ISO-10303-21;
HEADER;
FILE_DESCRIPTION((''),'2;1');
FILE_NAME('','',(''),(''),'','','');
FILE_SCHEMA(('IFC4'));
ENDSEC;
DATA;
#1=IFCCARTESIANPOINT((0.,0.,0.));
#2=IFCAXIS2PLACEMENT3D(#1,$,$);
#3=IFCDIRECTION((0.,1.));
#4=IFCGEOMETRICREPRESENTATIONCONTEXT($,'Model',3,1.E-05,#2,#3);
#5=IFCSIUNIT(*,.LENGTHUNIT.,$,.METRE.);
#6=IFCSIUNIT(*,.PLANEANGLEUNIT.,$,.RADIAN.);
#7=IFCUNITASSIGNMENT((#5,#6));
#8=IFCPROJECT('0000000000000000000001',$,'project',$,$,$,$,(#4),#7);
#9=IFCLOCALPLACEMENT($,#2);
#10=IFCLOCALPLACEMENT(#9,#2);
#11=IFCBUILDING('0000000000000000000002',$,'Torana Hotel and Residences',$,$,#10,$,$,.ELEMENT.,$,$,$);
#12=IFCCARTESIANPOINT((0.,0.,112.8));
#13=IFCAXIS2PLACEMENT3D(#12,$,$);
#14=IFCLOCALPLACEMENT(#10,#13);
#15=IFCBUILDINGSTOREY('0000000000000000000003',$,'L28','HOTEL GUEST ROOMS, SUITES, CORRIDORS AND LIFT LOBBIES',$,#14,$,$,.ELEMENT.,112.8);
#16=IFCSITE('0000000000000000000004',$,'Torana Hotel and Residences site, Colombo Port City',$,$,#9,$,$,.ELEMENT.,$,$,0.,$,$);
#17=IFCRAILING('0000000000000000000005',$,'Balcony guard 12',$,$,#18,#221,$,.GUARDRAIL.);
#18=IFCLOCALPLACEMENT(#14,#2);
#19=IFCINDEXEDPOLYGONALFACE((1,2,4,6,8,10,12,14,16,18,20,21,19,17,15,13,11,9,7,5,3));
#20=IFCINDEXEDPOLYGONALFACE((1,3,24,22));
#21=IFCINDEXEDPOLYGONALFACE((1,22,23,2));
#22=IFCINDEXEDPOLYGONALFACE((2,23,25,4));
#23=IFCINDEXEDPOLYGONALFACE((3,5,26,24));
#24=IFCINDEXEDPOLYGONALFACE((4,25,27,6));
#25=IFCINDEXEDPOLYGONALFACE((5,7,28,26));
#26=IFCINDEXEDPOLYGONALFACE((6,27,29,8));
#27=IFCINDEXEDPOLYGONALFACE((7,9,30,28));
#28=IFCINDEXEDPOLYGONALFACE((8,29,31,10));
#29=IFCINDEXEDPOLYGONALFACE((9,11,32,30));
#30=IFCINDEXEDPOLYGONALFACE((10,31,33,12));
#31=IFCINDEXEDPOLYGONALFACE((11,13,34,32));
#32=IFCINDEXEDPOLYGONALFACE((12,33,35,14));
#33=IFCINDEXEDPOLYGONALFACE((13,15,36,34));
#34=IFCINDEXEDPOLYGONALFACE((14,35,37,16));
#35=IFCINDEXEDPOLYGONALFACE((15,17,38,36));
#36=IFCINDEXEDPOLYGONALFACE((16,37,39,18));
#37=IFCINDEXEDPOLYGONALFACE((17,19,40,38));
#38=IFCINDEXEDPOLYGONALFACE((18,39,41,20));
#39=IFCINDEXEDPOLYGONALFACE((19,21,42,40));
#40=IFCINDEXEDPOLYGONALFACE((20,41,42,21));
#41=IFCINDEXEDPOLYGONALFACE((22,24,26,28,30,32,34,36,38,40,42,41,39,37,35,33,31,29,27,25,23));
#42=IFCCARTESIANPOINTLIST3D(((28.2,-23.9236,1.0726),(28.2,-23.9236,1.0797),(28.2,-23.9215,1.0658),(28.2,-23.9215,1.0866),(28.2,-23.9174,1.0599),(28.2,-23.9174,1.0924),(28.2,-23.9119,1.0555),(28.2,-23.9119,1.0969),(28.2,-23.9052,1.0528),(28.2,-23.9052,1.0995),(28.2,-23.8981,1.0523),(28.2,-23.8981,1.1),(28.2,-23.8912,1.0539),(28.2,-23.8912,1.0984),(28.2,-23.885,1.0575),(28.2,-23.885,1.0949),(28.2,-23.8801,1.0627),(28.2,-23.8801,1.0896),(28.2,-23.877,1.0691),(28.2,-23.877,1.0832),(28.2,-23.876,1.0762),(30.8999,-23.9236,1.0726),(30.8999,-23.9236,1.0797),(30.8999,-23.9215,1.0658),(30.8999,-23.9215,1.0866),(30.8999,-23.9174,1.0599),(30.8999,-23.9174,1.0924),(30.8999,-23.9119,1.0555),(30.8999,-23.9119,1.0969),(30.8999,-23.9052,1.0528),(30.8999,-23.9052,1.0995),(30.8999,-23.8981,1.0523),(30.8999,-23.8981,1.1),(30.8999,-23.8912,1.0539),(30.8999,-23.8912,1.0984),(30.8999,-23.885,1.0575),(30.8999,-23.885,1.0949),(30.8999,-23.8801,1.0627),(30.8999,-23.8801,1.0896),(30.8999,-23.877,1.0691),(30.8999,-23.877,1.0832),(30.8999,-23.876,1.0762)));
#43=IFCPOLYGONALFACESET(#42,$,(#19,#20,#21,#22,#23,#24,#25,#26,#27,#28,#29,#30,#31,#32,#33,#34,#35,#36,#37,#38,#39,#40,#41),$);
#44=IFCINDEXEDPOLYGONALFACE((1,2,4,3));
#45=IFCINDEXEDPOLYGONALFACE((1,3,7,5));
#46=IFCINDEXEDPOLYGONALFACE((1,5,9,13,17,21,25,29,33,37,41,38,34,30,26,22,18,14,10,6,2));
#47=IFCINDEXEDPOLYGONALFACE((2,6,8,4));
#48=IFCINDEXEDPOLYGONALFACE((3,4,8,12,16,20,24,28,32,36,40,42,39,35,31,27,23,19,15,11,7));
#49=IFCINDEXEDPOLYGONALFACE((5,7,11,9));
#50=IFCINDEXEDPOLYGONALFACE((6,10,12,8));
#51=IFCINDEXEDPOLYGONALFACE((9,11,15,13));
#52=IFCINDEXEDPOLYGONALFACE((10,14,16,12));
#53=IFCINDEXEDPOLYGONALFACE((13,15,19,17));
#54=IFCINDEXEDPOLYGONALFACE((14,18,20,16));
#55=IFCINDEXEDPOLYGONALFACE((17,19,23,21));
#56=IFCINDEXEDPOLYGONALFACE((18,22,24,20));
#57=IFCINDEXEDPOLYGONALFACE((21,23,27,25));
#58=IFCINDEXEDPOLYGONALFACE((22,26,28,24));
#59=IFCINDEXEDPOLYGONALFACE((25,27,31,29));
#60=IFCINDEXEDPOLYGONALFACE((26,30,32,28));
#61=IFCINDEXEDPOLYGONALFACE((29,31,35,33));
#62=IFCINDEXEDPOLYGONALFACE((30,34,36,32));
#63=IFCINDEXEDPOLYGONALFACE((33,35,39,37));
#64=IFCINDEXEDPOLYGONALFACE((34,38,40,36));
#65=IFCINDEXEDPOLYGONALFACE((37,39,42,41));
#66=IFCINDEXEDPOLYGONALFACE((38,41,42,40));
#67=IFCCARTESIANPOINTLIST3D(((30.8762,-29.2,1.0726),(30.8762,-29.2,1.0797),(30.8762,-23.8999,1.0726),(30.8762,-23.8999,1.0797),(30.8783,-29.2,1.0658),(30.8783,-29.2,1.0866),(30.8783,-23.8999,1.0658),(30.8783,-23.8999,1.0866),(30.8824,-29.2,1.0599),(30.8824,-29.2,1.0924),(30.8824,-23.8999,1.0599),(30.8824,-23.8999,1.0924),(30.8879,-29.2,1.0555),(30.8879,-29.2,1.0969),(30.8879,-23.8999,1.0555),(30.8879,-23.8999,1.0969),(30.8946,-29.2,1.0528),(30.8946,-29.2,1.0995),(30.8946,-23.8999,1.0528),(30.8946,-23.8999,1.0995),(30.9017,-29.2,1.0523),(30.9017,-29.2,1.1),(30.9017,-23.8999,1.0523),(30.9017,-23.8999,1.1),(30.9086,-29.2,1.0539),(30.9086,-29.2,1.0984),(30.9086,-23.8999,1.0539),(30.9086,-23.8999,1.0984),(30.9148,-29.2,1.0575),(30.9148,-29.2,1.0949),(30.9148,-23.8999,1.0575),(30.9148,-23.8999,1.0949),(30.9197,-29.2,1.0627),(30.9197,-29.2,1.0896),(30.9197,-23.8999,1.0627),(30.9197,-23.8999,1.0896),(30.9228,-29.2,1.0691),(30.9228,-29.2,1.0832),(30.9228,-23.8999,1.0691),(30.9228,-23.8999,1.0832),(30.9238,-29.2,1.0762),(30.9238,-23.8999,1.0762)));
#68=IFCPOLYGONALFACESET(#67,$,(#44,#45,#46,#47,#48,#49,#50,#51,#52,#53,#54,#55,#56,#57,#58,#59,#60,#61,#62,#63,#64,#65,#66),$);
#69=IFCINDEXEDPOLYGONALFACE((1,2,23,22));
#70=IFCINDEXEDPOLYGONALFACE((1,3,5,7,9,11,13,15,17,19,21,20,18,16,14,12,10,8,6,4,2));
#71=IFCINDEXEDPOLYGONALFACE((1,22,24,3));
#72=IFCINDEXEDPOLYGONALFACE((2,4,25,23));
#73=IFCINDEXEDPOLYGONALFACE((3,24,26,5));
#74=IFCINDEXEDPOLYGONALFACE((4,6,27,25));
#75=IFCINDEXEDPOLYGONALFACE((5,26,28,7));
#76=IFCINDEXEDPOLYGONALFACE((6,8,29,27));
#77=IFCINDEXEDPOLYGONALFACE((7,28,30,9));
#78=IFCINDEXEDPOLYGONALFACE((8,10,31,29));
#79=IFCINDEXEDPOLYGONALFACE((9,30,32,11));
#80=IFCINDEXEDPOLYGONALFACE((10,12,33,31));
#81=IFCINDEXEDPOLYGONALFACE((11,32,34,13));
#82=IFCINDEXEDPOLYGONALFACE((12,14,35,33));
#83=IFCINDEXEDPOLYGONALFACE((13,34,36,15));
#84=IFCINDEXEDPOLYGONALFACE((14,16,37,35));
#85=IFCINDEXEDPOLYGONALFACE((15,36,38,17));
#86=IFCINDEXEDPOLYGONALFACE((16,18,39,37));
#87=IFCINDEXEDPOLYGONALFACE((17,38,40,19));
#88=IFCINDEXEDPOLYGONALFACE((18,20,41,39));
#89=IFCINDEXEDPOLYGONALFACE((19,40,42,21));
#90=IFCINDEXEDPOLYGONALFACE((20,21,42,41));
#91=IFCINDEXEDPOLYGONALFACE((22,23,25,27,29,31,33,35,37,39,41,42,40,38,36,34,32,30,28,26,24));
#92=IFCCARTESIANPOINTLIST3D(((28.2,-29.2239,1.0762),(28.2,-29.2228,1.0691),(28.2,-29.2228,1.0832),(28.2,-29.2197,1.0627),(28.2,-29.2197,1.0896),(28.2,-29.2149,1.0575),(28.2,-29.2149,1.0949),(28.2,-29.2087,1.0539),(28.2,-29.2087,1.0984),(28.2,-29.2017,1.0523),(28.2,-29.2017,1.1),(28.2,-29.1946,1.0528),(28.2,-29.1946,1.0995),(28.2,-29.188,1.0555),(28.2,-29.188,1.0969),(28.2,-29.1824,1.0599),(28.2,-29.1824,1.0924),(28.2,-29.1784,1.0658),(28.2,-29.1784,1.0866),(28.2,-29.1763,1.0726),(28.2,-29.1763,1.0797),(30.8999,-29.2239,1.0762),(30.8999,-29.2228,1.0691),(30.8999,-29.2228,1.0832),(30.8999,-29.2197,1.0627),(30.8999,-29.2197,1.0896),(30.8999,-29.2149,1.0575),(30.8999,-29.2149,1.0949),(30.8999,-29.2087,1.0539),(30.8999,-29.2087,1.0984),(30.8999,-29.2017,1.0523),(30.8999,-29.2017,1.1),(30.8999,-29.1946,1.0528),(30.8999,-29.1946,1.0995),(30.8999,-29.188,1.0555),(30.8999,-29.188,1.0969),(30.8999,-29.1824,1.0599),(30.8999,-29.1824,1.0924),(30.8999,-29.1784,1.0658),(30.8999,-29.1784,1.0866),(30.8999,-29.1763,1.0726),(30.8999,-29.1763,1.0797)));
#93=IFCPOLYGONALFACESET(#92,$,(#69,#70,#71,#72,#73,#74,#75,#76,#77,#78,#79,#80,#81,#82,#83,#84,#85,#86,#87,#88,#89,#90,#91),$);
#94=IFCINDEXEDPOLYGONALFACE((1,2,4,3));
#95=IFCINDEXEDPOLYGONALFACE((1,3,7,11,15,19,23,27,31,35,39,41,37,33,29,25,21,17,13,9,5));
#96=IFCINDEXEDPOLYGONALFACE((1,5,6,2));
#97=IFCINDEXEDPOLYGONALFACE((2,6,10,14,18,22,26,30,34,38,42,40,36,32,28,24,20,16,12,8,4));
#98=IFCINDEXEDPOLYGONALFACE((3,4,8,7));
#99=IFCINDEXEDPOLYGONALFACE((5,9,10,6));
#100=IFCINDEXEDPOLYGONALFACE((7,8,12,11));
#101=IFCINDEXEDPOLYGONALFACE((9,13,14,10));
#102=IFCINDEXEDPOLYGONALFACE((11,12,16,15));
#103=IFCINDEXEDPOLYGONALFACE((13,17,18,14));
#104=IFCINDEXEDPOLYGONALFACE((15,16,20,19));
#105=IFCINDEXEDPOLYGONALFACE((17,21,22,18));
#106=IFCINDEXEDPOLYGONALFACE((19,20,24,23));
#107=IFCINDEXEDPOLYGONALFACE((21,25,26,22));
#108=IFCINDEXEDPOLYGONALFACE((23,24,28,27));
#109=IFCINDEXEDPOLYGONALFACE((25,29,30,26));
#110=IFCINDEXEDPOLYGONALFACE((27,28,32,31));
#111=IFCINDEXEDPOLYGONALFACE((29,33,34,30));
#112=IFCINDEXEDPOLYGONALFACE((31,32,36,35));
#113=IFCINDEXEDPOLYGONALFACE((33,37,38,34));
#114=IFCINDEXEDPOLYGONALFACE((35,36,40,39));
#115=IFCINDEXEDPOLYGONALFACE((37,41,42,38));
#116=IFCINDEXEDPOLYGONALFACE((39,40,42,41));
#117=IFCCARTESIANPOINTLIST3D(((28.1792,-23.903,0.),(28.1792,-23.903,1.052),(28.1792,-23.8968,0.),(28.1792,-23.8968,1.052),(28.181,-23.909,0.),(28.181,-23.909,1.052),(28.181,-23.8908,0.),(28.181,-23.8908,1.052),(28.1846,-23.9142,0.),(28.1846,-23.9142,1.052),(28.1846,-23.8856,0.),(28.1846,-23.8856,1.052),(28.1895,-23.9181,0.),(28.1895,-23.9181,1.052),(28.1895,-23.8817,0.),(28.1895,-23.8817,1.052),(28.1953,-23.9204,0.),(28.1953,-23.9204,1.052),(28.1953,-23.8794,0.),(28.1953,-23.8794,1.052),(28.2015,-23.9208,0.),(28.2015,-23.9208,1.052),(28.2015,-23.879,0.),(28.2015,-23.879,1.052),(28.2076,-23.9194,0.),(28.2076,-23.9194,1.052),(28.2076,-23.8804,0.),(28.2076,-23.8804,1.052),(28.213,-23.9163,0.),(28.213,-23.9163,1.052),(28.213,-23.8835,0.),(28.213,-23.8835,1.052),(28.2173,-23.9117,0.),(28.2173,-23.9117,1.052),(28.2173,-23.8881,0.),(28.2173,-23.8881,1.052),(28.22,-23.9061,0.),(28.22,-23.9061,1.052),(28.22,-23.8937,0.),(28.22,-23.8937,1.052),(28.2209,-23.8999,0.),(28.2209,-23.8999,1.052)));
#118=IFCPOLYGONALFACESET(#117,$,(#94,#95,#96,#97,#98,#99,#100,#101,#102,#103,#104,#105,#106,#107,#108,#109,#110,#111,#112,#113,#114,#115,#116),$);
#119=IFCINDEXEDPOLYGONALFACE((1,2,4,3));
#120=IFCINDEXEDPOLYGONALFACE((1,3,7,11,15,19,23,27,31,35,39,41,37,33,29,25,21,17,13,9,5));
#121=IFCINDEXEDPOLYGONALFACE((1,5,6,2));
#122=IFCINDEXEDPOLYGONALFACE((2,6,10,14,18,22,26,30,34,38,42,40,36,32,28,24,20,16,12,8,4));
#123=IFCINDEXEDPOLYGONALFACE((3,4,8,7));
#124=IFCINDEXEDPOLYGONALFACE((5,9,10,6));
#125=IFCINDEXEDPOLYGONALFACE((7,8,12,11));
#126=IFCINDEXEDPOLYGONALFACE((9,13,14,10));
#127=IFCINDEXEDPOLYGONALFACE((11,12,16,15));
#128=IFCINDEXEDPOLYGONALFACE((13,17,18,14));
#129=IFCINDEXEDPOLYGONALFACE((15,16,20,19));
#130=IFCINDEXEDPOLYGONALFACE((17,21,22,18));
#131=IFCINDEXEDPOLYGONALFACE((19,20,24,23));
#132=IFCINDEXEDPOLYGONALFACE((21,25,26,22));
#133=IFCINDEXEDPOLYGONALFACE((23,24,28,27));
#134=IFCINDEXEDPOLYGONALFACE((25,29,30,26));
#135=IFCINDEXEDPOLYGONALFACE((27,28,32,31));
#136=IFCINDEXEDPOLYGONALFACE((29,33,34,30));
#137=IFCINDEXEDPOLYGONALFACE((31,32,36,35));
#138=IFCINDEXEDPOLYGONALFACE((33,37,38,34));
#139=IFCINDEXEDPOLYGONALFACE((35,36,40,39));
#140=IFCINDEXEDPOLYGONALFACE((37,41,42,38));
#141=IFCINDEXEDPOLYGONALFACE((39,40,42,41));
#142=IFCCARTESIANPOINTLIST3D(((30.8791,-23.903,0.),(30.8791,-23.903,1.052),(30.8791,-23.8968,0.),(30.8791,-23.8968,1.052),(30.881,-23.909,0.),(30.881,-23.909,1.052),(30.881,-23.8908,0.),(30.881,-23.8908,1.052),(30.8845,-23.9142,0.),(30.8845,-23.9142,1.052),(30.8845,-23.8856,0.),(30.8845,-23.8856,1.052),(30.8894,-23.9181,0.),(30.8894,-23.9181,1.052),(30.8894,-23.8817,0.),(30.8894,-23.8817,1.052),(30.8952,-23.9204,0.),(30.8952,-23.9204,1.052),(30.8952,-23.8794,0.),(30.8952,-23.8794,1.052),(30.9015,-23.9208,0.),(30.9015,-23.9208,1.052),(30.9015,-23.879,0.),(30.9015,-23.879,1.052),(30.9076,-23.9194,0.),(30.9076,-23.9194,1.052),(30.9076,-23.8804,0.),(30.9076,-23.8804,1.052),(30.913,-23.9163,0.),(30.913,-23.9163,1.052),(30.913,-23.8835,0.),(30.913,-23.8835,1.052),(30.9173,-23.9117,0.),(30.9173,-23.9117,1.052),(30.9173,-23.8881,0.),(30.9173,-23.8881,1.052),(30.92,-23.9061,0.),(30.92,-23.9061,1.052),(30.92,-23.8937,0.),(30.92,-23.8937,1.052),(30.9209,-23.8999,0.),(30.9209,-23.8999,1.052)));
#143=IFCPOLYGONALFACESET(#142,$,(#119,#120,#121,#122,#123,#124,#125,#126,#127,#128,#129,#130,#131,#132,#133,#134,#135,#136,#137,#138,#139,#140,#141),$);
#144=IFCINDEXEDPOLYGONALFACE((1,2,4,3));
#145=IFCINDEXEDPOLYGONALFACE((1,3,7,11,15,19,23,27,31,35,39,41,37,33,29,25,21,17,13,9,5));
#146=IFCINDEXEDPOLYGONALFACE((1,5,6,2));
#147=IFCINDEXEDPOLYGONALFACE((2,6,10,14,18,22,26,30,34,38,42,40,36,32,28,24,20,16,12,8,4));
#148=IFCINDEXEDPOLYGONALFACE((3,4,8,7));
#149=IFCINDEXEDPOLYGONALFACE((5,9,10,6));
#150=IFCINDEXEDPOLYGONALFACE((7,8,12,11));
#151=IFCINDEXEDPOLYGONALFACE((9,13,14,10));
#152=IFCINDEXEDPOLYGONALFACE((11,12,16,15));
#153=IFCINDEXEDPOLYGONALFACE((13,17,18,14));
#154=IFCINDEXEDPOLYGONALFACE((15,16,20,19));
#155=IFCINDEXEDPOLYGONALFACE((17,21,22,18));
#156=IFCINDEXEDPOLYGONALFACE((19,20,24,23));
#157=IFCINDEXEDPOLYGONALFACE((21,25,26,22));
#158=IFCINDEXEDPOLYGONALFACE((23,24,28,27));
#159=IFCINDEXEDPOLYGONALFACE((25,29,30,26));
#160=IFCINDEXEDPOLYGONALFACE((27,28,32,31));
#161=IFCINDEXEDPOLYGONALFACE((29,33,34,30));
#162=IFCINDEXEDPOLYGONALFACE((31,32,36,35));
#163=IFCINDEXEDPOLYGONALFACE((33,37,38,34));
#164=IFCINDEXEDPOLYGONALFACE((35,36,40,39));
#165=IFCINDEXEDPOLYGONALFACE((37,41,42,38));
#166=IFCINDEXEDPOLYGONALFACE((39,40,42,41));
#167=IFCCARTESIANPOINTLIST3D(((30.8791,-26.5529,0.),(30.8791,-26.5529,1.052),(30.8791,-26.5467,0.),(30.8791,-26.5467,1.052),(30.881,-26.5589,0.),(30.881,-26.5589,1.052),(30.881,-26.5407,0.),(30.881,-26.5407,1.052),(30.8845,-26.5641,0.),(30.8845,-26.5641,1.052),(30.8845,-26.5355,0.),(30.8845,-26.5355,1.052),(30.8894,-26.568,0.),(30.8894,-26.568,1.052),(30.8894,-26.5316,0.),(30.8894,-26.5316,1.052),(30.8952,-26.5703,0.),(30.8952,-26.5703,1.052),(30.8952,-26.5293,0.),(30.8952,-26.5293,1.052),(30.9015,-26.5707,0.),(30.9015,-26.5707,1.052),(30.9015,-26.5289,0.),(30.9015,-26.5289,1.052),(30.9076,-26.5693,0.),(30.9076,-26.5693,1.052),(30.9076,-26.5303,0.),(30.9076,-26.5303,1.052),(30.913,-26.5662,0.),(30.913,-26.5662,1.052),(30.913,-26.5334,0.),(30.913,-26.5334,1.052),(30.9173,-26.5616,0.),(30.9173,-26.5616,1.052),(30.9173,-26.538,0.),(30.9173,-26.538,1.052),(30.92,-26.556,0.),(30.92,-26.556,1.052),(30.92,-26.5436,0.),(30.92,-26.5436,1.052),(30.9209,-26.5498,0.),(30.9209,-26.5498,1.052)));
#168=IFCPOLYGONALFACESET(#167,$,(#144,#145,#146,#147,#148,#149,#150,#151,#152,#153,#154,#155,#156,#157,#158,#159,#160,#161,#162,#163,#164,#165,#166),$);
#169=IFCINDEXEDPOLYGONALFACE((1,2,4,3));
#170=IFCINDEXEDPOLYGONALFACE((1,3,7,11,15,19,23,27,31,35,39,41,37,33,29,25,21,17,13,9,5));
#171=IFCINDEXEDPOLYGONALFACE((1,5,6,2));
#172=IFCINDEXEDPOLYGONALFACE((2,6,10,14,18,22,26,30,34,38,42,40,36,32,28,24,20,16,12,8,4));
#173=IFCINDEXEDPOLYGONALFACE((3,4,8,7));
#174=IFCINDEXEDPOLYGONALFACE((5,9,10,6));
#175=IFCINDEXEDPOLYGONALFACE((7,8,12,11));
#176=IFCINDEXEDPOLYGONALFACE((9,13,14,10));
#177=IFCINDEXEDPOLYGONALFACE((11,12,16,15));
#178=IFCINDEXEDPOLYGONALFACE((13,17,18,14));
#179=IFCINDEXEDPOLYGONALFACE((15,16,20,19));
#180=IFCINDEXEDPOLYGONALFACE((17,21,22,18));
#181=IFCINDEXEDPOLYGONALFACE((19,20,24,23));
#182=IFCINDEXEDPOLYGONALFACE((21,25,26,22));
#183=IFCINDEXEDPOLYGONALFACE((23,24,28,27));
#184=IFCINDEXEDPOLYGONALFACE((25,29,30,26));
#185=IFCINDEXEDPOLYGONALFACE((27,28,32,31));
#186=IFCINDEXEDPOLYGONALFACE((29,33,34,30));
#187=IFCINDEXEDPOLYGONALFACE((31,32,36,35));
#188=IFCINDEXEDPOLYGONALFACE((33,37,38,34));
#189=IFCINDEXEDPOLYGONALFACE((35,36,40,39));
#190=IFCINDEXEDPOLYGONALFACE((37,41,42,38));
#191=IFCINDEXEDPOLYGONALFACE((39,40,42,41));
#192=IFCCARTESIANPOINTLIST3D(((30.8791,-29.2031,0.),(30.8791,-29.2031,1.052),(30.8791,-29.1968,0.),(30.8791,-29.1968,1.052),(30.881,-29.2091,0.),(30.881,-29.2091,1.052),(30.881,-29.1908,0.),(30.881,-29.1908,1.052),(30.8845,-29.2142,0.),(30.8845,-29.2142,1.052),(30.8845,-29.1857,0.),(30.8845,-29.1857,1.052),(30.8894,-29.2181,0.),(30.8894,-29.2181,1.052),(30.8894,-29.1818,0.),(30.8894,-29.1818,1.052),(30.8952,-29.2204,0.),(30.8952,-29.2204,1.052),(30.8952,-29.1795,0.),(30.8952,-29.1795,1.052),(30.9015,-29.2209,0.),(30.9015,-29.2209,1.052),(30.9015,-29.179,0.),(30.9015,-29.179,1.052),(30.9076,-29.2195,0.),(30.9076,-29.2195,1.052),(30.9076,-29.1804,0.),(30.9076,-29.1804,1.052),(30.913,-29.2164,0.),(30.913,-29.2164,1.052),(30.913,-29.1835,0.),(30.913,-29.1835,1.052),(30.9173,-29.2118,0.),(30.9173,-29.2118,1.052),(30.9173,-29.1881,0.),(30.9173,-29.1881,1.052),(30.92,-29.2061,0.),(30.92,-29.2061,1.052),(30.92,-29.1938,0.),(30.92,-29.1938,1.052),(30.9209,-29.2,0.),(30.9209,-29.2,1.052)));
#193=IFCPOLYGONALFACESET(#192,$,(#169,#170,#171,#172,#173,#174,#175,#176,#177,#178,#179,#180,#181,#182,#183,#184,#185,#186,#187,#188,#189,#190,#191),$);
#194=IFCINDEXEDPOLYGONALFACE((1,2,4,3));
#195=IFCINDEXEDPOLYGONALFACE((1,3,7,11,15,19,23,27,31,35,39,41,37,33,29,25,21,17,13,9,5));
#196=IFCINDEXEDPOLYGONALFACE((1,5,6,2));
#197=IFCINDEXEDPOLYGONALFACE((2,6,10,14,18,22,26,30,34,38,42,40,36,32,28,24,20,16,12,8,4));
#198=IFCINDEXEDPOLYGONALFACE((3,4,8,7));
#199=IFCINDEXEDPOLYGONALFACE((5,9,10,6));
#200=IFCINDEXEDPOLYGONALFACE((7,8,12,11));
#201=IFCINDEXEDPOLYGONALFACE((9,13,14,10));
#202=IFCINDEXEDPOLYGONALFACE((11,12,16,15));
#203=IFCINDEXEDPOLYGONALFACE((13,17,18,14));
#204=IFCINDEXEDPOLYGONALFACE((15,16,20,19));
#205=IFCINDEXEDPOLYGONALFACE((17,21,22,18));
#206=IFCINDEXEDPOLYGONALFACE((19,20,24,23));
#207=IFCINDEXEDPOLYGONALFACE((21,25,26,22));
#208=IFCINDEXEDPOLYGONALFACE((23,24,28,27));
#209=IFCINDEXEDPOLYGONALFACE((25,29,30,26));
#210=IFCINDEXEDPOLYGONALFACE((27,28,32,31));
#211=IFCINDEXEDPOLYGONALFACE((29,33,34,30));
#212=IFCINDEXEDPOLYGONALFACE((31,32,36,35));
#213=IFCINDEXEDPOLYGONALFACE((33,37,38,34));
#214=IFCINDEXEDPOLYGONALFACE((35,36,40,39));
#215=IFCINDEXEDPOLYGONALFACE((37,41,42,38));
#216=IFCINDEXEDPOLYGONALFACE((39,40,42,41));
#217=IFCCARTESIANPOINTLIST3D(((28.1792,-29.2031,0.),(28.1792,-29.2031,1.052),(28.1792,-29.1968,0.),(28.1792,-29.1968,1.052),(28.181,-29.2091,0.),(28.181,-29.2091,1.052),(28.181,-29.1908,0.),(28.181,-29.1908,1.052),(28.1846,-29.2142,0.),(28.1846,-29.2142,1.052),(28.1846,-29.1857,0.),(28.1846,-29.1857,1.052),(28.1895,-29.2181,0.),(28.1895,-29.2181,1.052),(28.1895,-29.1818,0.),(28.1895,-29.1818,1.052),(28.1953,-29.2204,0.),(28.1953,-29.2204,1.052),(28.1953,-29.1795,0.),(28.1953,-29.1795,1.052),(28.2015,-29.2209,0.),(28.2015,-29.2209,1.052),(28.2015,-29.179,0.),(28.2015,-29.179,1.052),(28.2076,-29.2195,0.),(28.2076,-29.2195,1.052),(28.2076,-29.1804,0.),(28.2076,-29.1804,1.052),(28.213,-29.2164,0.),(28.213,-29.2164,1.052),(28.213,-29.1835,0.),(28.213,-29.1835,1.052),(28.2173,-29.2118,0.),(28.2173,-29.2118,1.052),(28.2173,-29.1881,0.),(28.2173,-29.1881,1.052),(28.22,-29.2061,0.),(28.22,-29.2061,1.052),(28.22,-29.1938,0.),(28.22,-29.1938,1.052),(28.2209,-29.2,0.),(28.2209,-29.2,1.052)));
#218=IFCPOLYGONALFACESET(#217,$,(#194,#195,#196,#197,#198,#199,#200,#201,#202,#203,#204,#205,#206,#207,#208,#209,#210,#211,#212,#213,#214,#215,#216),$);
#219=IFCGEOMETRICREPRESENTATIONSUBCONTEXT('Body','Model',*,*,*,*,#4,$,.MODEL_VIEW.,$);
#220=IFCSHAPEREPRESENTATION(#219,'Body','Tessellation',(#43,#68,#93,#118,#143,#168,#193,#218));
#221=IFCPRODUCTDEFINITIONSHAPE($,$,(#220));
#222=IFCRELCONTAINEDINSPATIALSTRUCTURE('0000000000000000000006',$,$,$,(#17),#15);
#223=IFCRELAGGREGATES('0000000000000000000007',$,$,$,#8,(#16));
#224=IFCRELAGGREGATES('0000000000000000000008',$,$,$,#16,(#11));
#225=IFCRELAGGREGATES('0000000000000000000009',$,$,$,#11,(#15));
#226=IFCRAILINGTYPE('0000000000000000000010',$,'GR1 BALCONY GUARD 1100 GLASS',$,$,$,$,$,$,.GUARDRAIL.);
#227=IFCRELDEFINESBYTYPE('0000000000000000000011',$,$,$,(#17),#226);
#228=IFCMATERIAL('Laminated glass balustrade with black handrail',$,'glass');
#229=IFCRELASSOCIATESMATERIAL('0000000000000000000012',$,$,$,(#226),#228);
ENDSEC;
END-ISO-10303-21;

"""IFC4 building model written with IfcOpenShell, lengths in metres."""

from ifc_helpers import new_model, si_unit, direction, frame, origin, origin_2d, place, context, subcontext, project, spatial, circle, extrude, material, type_object, element, save


model = new_model("IFC4")

# Units and contexts
model_context = context("Model", 3, precision=1e-05, world=origin(), true_north=direction((0.0, 1.0)))
body_context = subcontext(model_context, "Body", "Model", "MODEL_VIEW")
ifc_project = project(units=[si_unit("LENGTHUNIT", "METRE"), si_unit("PLANEANGLEUNIT", "RADIAN")], contexts=[model_context])

# Site, building, storey
site_placement = place(None, origin())
site = spatial("IfcSite", under=ifc_project, at=site_placement, Name="Torana Hotel and Residences site, Colombo Port City", CompositionType="ELEMENT", RefElevation=0.0)
building_placement = place(site_placement, origin())
building = spatial("IfcBuilding", under=site, at=building_placement, Name="Torana Hotel and Residences", CompositionType="ELEMENT")
storey_placement = place(building_placement, frame((0.0, 0.0, 112.8)))
storey = spatial("IfcBuildingStorey", under=building, at=storey_placement, Name="L28", Description="HOTEL GUEST ROOMS, SUITES, CORRIDORS AND LIFT LOBBIES", CompositionType="ELEMENT", Elevation=112.8)

# Railing
ifc_material_1 = material(Name="Laminated glass balustrade with black handrail", Category="glass")
railing_type = type_object("IfcRailingType", Name="GR1 BALCONY GUARD 1100 GLASS", PredefinedType="GUARDRAIL", material=ifc_material_1)
railing_1_placement = place(storey_placement, frame((28.2, -23.8999, 0.0)))
element("IfcRailing", 1, at=railing_1_placement, inside=storey, type_object=railing_type, Name="Balcony guard 12", PredefinedType="GUARDRAIL", context=body_context, shape_type="SweptSolid", body=[
    extrude(circle(Radius=0.0239, at=origin_2d()), frame((0.0, 0.0, 1.0762), z_axis=(1.0, 0.0, 0.0), x_axis=(0.0, 1.0, 0.0)), (0.0, 0.0, 1.0), 2.7),
    extrude(circle(Radius=0.0239, at=origin_2d()), frame((2.7, 0.0, 1.0762), z_axis=(0.0, -1.0, 0.0), x_axis=(1.0, 0.0, 0.0)), (0.0, 0.0, 1.0), 5.3),
    extrude(circle(Radius=0.0239, at=origin_2d()), frame((2.7, -5.3, 1.0762), z_axis=(-1.0, 0.0, 0.0), x_axis=(0.0, -1.0, 0.0)), (0.0, 0.0, 1.0), 2.7),
    extrude(circle(Radius=0.021, at=origin_2d()), origin(), (0.0, 0.0, 1.0), 1.052),
    extrude(circle(Radius=0.021, at=origin_2d()), frame((2.7, 0.0, 0.0)), (0.0, 0.0, 1.0), 1.052),
    extrude(circle(Radius=0.021, at=origin_2d()), frame((2.7, -2.6499, 0.0)), (0.0, 0.0, 1.0), 1.052),
    extrude(circle(Radius=0.021, at=origin_2d()), frame((2.7, -5.3, 0.0)), (0.0, 0.0, 1.0), 1.052),
    extrude(circle(Radius=0.021, at=origin_2d()), frame((0.0, -5.3, 0.0)), (0.0, 0.0, 1.0), 1.052),
])

save(model, "model.ifc")
